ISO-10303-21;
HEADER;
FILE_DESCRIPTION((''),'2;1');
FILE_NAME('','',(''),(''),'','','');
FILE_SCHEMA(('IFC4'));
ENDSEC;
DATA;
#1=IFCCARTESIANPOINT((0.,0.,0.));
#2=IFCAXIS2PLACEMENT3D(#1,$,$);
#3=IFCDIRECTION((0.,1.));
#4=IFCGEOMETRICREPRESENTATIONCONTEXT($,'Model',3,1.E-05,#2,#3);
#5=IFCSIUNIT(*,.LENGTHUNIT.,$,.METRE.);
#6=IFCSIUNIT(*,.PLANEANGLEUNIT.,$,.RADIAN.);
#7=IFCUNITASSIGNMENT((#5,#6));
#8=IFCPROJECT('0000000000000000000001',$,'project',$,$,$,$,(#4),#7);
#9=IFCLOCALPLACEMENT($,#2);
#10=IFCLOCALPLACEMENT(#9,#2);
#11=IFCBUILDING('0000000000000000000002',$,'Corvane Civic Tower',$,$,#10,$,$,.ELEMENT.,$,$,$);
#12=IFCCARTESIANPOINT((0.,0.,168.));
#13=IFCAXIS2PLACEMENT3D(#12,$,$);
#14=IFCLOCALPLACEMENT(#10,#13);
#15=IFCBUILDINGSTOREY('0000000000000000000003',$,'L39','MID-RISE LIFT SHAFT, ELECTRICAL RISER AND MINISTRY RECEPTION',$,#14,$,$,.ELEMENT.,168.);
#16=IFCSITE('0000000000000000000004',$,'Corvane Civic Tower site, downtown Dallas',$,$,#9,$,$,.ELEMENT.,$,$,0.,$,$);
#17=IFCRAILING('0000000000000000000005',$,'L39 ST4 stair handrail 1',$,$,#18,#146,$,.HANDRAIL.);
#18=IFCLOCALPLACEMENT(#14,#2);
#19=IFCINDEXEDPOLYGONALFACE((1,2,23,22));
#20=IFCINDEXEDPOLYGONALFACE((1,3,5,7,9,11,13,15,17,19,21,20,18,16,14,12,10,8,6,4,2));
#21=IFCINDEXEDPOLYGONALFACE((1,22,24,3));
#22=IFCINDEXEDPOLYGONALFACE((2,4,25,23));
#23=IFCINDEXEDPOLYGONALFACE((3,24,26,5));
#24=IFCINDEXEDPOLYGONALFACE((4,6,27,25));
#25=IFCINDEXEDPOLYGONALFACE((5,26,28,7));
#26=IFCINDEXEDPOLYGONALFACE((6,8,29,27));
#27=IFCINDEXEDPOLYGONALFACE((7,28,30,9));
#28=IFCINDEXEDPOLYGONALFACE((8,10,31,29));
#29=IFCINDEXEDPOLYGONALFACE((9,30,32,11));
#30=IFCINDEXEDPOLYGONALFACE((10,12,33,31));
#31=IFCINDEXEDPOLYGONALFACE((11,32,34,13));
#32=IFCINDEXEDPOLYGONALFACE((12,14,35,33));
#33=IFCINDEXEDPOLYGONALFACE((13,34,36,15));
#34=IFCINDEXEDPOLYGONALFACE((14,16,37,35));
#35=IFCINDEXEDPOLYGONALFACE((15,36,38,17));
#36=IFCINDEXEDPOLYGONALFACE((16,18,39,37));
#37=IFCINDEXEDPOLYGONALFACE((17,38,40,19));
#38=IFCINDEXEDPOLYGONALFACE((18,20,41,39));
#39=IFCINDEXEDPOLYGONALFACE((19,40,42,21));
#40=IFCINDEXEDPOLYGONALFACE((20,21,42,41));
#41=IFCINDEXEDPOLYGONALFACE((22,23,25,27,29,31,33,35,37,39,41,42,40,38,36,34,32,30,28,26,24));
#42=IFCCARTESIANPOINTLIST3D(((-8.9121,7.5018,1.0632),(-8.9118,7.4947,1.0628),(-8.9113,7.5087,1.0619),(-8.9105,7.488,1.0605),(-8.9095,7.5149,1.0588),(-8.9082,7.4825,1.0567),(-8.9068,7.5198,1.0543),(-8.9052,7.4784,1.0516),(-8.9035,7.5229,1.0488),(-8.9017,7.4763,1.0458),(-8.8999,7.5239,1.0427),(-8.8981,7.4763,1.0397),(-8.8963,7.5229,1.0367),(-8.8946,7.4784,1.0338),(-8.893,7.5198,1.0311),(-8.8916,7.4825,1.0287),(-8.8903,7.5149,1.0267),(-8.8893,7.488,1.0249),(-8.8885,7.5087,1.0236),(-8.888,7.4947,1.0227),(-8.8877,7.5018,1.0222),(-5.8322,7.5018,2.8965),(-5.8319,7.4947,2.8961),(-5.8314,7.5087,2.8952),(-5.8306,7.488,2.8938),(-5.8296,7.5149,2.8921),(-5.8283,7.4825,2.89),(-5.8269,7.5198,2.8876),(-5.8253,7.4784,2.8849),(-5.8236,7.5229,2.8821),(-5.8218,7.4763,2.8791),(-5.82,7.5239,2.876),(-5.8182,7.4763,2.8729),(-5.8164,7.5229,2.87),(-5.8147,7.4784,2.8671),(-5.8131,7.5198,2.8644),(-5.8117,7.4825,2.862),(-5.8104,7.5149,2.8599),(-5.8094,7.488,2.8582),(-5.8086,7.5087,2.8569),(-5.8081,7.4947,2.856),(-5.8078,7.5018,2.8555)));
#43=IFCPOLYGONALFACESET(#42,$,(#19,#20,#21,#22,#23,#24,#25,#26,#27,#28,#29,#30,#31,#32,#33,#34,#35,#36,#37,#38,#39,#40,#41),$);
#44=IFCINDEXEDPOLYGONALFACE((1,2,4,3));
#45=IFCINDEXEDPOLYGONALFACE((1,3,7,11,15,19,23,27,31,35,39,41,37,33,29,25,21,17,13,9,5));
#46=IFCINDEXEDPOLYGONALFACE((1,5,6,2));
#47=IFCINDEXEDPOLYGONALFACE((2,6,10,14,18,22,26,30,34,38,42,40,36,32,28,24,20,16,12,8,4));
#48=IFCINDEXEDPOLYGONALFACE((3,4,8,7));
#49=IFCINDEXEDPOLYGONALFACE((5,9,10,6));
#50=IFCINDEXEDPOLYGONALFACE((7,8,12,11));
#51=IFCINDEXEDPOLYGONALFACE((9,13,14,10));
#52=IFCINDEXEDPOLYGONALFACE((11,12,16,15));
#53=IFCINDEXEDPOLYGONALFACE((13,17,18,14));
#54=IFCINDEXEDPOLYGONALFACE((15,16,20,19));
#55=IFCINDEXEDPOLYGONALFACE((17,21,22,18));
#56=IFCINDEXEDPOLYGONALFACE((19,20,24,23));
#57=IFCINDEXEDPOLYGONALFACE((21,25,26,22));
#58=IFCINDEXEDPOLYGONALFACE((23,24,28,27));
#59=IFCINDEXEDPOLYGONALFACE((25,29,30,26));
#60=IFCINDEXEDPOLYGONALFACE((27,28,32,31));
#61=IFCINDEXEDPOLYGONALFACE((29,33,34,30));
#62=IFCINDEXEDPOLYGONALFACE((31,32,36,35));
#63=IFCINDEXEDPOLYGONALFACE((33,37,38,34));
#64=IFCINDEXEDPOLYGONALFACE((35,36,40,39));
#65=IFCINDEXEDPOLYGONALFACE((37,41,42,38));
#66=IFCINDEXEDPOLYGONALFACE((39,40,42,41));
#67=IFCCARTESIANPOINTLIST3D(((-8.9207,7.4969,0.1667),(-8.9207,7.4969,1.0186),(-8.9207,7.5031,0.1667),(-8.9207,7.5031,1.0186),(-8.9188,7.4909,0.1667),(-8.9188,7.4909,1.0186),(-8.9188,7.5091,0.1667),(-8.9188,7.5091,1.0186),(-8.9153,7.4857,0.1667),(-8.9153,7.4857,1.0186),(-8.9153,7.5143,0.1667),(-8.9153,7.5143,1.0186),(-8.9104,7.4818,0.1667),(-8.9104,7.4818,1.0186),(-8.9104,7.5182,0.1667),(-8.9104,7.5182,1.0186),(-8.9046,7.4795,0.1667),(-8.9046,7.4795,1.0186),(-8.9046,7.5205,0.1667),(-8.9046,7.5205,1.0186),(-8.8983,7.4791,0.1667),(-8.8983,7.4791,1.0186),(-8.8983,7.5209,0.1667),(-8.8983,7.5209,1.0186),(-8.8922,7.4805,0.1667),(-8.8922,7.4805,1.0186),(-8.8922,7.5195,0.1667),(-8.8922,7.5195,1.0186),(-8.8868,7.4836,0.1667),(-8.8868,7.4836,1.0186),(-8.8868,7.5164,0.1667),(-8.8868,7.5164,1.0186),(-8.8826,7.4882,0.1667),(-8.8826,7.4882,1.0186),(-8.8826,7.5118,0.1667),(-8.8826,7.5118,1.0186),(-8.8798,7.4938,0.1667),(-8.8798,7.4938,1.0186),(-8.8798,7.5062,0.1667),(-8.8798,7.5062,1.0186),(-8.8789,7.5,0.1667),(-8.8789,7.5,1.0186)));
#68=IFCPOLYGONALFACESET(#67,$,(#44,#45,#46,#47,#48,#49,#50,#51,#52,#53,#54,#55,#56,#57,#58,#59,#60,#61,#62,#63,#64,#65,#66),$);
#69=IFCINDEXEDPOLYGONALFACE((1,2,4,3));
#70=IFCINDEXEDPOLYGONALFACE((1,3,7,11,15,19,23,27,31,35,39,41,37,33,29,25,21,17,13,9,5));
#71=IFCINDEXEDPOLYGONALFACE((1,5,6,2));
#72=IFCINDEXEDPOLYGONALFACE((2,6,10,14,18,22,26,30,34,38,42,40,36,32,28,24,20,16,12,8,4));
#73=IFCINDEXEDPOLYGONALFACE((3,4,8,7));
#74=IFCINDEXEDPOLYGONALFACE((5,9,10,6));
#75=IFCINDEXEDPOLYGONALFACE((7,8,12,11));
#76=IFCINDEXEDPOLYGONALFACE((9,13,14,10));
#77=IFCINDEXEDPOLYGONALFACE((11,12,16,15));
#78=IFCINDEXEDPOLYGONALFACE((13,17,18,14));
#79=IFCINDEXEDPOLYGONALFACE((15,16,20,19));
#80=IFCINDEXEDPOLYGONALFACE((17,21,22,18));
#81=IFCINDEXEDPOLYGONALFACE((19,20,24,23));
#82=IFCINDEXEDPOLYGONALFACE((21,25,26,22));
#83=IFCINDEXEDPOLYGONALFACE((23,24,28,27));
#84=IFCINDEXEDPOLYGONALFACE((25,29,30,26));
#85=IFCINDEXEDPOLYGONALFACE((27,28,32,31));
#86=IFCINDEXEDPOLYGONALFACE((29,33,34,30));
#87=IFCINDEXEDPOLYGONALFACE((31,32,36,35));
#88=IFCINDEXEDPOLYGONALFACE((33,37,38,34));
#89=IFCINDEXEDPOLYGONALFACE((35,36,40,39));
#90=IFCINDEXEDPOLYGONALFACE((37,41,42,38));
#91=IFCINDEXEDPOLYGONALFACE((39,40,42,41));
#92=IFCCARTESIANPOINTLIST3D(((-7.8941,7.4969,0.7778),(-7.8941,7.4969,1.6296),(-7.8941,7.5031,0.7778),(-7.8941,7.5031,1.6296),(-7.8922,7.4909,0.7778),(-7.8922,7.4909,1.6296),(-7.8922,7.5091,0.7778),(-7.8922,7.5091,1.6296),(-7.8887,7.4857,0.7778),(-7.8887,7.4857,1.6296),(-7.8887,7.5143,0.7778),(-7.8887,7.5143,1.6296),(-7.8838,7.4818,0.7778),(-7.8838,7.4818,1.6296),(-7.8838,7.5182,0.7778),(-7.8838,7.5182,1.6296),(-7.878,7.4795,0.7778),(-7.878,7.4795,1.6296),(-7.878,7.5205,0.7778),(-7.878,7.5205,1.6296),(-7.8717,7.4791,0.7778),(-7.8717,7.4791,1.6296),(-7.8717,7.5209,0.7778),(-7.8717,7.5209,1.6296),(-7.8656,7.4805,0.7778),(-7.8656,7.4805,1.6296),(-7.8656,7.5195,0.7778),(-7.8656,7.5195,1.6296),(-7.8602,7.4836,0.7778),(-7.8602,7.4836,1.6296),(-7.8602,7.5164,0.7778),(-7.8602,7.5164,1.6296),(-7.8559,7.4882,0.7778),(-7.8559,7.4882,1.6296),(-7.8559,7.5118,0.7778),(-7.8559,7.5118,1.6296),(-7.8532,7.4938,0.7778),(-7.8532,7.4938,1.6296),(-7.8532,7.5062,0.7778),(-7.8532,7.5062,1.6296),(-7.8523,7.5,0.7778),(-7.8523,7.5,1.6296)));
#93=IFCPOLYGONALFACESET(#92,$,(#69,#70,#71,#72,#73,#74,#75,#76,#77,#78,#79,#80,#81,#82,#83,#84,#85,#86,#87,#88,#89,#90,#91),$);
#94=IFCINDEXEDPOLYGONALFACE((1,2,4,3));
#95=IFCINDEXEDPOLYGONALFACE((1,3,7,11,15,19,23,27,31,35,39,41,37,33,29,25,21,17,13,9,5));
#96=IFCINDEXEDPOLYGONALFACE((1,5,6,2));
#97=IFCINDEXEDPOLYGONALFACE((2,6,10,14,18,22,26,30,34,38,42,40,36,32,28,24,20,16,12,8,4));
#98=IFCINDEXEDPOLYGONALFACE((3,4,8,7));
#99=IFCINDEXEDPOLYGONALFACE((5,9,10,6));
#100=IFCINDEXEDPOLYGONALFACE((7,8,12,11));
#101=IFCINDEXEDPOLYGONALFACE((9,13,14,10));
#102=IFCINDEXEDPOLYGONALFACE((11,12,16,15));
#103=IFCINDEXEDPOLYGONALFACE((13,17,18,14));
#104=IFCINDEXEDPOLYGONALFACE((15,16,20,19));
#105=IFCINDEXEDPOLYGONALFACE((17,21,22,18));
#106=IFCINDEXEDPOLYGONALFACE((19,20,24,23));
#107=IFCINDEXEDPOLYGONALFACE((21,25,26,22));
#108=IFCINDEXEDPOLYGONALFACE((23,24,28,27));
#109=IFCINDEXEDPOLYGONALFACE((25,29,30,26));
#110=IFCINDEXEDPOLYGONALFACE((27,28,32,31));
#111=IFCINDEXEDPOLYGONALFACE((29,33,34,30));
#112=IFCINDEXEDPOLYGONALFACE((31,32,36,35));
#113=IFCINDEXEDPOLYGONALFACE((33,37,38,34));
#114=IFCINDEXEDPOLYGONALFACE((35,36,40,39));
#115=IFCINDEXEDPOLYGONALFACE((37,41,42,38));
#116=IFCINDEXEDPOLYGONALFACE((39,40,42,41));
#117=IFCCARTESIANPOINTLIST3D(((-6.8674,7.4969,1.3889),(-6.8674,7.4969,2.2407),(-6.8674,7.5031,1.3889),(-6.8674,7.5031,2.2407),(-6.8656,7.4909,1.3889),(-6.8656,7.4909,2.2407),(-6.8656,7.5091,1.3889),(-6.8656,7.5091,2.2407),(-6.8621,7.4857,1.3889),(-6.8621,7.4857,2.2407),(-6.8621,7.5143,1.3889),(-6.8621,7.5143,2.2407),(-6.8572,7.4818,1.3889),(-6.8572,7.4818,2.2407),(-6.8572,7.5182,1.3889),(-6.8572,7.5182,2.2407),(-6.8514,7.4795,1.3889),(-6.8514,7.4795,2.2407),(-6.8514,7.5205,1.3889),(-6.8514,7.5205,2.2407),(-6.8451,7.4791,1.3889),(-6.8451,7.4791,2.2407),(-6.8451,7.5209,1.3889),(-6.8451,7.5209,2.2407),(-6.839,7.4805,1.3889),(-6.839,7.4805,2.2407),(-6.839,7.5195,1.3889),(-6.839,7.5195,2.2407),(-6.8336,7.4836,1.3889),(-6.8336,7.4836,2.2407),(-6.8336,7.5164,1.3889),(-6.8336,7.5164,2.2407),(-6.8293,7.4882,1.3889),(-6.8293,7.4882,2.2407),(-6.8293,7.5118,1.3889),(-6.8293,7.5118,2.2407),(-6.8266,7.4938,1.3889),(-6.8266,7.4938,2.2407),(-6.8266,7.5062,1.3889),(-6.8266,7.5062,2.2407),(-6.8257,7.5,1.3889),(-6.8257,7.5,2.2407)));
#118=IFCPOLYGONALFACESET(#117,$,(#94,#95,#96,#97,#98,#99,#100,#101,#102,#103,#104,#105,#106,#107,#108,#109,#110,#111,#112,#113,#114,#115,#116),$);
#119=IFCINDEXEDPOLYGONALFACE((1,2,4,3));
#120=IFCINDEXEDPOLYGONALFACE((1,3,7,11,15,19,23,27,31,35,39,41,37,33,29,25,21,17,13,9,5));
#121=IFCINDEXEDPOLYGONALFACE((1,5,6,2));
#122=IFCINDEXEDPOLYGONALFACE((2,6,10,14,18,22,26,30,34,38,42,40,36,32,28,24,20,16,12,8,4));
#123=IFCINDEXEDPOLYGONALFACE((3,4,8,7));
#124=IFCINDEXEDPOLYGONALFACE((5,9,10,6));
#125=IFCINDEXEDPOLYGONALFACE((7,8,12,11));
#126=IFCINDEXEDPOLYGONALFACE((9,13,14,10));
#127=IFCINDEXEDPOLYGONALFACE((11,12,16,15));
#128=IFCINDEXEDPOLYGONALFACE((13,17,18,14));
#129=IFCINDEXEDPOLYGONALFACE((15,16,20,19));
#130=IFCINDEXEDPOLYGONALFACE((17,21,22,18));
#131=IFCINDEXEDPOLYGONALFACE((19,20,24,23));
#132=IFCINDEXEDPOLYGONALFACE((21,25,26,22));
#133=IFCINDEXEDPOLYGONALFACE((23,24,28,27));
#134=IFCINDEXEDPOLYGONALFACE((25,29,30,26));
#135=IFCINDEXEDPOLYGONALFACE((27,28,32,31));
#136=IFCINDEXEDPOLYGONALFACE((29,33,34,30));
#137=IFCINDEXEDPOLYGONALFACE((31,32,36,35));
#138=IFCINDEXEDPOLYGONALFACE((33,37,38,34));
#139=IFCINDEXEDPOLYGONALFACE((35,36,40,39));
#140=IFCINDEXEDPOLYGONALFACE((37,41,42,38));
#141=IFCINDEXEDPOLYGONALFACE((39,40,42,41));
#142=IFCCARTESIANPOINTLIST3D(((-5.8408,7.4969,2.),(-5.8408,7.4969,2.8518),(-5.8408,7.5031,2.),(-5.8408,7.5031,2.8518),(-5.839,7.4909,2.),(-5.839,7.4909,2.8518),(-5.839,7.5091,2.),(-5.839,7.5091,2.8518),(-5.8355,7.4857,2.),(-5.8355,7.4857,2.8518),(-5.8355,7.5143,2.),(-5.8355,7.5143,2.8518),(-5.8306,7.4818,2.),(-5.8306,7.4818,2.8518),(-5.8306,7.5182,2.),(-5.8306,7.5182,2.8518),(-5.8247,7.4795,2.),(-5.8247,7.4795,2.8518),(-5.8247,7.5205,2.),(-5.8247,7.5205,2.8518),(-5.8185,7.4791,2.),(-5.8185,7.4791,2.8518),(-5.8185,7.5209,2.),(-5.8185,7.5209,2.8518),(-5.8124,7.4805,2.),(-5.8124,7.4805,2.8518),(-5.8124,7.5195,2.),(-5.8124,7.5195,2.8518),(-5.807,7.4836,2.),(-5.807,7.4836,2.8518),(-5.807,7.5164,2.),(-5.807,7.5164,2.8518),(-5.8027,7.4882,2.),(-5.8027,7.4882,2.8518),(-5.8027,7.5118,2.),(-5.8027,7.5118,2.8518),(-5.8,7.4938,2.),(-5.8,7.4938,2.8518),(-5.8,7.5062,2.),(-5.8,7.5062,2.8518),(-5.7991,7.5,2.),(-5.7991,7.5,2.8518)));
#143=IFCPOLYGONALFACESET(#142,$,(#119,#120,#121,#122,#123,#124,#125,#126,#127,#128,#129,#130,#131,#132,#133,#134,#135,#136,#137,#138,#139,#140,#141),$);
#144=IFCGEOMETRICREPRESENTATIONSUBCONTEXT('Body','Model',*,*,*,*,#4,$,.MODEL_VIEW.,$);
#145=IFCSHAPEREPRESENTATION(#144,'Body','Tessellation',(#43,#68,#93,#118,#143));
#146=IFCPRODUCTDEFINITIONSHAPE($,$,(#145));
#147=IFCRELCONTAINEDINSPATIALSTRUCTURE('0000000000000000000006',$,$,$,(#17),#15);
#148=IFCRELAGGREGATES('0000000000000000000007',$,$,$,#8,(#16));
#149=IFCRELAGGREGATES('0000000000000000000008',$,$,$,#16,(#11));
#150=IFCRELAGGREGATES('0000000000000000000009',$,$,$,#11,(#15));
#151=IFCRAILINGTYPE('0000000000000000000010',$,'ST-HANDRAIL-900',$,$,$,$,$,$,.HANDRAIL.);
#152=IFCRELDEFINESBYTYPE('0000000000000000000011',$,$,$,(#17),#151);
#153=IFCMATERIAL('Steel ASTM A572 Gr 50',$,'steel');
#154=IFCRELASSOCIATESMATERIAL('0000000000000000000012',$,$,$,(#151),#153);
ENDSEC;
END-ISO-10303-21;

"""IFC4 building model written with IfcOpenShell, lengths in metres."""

from ifc_helpers import new_model, si_unit, direction, frame, origin, origin_2d, place, context, subcontext, project, spatial, circle, extrude, material, type_object, element, save


model = new_model("IFC4")

# Units and contexts
model_context = context("Model", 3, precision=1e-05, world=origin(), true_north=direction((0.0, 1.0)))
body_context = subcontext(model_context, "Body", "Model", "MODEL_VIEW")
ifc_project = project(units=[si_unit("LENGTHUNIT", "METRE"), si_unit("PLANEANGLEUNIT", "RADIAN")], contexts=[model_context])

# Site, building, storey
site_placement = place(None, origin())
site = spatial("IfcSite", under=ifc_project, at=site_placement, Name="Corvane Civic Tower site, downtown Dallas", CompositionType="ELEMENT", RefElevation=0.0)
building_placement = place(site_placement, origin())
building = spatial("IfcBuilding", under=site, at=building_placement, Name="Corvane Civic Tower", CompositionType="ELEMENT")
storey_placement = place(building_placement, frame((0.0, 0.0, 168.0)))
storey = spatial("IfcBuildingStorey", under=building, at=storey_placement, Name="L39", Description="MID-RISE LIFT SHAFT, ELECTRICAL RISER AND MINISTRY RECEPTION", CompositionType="ELEMENT", Elevation=168.0)

# Railing
ifc_material_1 = material(Name="Steel ASTM A572 Gr 50", Category="steel")
railing_type_1 = type_object("IfcRailingType", Name="ST-HANDRAIL-900", PredefinedType="HANDRAIL", material=ifc_material_1)
railing_1_placement = place(storey_placement, frame((-8.8999, 7.5, 0.1667)))
element("IfcRailing", 1, at=railing_1_placement, inside=storey, type_object=railing_type_1, Name="L39 ST4 stair handrail 1", PredefinedType="HANDRAIL", context=body_context, shape_type="SweptSolid", body=[
    extrude(circle(Radius=0.0239, at=origin_2d()), frame((0.0, 0.0, 0.876), z_axis=(0.859291, 0.0, 0.511487), x_axis=(0.0, 1.0, 0.0)), (0.0, 0.0, 1.0), 3.5842),
    extrude(circle(Radius=0.021, at=origin_2d()), origin(), (0.0, 0.0, 1.0), 0.8518),
    extrude(circle(Radius=0.021, at=origin_2d()), frame((1.0266, 0.0, 0.6111)), (0.0, 0.0, 1.0), 0.8518),
    extrude(circle(Radius=0.021, at=origin_2d()), frame((2.0532, 0.0, 1.2222)), (0.0, 0.0, 1.0), 0.8518),
    extrude(circle(Radius=0.021, at=origin_2d()), frame((3.0798, 0.0, 1.8333)), (0.0, 0.0, 1.0), 0.8518),
])

save(model, "model.ifc")
